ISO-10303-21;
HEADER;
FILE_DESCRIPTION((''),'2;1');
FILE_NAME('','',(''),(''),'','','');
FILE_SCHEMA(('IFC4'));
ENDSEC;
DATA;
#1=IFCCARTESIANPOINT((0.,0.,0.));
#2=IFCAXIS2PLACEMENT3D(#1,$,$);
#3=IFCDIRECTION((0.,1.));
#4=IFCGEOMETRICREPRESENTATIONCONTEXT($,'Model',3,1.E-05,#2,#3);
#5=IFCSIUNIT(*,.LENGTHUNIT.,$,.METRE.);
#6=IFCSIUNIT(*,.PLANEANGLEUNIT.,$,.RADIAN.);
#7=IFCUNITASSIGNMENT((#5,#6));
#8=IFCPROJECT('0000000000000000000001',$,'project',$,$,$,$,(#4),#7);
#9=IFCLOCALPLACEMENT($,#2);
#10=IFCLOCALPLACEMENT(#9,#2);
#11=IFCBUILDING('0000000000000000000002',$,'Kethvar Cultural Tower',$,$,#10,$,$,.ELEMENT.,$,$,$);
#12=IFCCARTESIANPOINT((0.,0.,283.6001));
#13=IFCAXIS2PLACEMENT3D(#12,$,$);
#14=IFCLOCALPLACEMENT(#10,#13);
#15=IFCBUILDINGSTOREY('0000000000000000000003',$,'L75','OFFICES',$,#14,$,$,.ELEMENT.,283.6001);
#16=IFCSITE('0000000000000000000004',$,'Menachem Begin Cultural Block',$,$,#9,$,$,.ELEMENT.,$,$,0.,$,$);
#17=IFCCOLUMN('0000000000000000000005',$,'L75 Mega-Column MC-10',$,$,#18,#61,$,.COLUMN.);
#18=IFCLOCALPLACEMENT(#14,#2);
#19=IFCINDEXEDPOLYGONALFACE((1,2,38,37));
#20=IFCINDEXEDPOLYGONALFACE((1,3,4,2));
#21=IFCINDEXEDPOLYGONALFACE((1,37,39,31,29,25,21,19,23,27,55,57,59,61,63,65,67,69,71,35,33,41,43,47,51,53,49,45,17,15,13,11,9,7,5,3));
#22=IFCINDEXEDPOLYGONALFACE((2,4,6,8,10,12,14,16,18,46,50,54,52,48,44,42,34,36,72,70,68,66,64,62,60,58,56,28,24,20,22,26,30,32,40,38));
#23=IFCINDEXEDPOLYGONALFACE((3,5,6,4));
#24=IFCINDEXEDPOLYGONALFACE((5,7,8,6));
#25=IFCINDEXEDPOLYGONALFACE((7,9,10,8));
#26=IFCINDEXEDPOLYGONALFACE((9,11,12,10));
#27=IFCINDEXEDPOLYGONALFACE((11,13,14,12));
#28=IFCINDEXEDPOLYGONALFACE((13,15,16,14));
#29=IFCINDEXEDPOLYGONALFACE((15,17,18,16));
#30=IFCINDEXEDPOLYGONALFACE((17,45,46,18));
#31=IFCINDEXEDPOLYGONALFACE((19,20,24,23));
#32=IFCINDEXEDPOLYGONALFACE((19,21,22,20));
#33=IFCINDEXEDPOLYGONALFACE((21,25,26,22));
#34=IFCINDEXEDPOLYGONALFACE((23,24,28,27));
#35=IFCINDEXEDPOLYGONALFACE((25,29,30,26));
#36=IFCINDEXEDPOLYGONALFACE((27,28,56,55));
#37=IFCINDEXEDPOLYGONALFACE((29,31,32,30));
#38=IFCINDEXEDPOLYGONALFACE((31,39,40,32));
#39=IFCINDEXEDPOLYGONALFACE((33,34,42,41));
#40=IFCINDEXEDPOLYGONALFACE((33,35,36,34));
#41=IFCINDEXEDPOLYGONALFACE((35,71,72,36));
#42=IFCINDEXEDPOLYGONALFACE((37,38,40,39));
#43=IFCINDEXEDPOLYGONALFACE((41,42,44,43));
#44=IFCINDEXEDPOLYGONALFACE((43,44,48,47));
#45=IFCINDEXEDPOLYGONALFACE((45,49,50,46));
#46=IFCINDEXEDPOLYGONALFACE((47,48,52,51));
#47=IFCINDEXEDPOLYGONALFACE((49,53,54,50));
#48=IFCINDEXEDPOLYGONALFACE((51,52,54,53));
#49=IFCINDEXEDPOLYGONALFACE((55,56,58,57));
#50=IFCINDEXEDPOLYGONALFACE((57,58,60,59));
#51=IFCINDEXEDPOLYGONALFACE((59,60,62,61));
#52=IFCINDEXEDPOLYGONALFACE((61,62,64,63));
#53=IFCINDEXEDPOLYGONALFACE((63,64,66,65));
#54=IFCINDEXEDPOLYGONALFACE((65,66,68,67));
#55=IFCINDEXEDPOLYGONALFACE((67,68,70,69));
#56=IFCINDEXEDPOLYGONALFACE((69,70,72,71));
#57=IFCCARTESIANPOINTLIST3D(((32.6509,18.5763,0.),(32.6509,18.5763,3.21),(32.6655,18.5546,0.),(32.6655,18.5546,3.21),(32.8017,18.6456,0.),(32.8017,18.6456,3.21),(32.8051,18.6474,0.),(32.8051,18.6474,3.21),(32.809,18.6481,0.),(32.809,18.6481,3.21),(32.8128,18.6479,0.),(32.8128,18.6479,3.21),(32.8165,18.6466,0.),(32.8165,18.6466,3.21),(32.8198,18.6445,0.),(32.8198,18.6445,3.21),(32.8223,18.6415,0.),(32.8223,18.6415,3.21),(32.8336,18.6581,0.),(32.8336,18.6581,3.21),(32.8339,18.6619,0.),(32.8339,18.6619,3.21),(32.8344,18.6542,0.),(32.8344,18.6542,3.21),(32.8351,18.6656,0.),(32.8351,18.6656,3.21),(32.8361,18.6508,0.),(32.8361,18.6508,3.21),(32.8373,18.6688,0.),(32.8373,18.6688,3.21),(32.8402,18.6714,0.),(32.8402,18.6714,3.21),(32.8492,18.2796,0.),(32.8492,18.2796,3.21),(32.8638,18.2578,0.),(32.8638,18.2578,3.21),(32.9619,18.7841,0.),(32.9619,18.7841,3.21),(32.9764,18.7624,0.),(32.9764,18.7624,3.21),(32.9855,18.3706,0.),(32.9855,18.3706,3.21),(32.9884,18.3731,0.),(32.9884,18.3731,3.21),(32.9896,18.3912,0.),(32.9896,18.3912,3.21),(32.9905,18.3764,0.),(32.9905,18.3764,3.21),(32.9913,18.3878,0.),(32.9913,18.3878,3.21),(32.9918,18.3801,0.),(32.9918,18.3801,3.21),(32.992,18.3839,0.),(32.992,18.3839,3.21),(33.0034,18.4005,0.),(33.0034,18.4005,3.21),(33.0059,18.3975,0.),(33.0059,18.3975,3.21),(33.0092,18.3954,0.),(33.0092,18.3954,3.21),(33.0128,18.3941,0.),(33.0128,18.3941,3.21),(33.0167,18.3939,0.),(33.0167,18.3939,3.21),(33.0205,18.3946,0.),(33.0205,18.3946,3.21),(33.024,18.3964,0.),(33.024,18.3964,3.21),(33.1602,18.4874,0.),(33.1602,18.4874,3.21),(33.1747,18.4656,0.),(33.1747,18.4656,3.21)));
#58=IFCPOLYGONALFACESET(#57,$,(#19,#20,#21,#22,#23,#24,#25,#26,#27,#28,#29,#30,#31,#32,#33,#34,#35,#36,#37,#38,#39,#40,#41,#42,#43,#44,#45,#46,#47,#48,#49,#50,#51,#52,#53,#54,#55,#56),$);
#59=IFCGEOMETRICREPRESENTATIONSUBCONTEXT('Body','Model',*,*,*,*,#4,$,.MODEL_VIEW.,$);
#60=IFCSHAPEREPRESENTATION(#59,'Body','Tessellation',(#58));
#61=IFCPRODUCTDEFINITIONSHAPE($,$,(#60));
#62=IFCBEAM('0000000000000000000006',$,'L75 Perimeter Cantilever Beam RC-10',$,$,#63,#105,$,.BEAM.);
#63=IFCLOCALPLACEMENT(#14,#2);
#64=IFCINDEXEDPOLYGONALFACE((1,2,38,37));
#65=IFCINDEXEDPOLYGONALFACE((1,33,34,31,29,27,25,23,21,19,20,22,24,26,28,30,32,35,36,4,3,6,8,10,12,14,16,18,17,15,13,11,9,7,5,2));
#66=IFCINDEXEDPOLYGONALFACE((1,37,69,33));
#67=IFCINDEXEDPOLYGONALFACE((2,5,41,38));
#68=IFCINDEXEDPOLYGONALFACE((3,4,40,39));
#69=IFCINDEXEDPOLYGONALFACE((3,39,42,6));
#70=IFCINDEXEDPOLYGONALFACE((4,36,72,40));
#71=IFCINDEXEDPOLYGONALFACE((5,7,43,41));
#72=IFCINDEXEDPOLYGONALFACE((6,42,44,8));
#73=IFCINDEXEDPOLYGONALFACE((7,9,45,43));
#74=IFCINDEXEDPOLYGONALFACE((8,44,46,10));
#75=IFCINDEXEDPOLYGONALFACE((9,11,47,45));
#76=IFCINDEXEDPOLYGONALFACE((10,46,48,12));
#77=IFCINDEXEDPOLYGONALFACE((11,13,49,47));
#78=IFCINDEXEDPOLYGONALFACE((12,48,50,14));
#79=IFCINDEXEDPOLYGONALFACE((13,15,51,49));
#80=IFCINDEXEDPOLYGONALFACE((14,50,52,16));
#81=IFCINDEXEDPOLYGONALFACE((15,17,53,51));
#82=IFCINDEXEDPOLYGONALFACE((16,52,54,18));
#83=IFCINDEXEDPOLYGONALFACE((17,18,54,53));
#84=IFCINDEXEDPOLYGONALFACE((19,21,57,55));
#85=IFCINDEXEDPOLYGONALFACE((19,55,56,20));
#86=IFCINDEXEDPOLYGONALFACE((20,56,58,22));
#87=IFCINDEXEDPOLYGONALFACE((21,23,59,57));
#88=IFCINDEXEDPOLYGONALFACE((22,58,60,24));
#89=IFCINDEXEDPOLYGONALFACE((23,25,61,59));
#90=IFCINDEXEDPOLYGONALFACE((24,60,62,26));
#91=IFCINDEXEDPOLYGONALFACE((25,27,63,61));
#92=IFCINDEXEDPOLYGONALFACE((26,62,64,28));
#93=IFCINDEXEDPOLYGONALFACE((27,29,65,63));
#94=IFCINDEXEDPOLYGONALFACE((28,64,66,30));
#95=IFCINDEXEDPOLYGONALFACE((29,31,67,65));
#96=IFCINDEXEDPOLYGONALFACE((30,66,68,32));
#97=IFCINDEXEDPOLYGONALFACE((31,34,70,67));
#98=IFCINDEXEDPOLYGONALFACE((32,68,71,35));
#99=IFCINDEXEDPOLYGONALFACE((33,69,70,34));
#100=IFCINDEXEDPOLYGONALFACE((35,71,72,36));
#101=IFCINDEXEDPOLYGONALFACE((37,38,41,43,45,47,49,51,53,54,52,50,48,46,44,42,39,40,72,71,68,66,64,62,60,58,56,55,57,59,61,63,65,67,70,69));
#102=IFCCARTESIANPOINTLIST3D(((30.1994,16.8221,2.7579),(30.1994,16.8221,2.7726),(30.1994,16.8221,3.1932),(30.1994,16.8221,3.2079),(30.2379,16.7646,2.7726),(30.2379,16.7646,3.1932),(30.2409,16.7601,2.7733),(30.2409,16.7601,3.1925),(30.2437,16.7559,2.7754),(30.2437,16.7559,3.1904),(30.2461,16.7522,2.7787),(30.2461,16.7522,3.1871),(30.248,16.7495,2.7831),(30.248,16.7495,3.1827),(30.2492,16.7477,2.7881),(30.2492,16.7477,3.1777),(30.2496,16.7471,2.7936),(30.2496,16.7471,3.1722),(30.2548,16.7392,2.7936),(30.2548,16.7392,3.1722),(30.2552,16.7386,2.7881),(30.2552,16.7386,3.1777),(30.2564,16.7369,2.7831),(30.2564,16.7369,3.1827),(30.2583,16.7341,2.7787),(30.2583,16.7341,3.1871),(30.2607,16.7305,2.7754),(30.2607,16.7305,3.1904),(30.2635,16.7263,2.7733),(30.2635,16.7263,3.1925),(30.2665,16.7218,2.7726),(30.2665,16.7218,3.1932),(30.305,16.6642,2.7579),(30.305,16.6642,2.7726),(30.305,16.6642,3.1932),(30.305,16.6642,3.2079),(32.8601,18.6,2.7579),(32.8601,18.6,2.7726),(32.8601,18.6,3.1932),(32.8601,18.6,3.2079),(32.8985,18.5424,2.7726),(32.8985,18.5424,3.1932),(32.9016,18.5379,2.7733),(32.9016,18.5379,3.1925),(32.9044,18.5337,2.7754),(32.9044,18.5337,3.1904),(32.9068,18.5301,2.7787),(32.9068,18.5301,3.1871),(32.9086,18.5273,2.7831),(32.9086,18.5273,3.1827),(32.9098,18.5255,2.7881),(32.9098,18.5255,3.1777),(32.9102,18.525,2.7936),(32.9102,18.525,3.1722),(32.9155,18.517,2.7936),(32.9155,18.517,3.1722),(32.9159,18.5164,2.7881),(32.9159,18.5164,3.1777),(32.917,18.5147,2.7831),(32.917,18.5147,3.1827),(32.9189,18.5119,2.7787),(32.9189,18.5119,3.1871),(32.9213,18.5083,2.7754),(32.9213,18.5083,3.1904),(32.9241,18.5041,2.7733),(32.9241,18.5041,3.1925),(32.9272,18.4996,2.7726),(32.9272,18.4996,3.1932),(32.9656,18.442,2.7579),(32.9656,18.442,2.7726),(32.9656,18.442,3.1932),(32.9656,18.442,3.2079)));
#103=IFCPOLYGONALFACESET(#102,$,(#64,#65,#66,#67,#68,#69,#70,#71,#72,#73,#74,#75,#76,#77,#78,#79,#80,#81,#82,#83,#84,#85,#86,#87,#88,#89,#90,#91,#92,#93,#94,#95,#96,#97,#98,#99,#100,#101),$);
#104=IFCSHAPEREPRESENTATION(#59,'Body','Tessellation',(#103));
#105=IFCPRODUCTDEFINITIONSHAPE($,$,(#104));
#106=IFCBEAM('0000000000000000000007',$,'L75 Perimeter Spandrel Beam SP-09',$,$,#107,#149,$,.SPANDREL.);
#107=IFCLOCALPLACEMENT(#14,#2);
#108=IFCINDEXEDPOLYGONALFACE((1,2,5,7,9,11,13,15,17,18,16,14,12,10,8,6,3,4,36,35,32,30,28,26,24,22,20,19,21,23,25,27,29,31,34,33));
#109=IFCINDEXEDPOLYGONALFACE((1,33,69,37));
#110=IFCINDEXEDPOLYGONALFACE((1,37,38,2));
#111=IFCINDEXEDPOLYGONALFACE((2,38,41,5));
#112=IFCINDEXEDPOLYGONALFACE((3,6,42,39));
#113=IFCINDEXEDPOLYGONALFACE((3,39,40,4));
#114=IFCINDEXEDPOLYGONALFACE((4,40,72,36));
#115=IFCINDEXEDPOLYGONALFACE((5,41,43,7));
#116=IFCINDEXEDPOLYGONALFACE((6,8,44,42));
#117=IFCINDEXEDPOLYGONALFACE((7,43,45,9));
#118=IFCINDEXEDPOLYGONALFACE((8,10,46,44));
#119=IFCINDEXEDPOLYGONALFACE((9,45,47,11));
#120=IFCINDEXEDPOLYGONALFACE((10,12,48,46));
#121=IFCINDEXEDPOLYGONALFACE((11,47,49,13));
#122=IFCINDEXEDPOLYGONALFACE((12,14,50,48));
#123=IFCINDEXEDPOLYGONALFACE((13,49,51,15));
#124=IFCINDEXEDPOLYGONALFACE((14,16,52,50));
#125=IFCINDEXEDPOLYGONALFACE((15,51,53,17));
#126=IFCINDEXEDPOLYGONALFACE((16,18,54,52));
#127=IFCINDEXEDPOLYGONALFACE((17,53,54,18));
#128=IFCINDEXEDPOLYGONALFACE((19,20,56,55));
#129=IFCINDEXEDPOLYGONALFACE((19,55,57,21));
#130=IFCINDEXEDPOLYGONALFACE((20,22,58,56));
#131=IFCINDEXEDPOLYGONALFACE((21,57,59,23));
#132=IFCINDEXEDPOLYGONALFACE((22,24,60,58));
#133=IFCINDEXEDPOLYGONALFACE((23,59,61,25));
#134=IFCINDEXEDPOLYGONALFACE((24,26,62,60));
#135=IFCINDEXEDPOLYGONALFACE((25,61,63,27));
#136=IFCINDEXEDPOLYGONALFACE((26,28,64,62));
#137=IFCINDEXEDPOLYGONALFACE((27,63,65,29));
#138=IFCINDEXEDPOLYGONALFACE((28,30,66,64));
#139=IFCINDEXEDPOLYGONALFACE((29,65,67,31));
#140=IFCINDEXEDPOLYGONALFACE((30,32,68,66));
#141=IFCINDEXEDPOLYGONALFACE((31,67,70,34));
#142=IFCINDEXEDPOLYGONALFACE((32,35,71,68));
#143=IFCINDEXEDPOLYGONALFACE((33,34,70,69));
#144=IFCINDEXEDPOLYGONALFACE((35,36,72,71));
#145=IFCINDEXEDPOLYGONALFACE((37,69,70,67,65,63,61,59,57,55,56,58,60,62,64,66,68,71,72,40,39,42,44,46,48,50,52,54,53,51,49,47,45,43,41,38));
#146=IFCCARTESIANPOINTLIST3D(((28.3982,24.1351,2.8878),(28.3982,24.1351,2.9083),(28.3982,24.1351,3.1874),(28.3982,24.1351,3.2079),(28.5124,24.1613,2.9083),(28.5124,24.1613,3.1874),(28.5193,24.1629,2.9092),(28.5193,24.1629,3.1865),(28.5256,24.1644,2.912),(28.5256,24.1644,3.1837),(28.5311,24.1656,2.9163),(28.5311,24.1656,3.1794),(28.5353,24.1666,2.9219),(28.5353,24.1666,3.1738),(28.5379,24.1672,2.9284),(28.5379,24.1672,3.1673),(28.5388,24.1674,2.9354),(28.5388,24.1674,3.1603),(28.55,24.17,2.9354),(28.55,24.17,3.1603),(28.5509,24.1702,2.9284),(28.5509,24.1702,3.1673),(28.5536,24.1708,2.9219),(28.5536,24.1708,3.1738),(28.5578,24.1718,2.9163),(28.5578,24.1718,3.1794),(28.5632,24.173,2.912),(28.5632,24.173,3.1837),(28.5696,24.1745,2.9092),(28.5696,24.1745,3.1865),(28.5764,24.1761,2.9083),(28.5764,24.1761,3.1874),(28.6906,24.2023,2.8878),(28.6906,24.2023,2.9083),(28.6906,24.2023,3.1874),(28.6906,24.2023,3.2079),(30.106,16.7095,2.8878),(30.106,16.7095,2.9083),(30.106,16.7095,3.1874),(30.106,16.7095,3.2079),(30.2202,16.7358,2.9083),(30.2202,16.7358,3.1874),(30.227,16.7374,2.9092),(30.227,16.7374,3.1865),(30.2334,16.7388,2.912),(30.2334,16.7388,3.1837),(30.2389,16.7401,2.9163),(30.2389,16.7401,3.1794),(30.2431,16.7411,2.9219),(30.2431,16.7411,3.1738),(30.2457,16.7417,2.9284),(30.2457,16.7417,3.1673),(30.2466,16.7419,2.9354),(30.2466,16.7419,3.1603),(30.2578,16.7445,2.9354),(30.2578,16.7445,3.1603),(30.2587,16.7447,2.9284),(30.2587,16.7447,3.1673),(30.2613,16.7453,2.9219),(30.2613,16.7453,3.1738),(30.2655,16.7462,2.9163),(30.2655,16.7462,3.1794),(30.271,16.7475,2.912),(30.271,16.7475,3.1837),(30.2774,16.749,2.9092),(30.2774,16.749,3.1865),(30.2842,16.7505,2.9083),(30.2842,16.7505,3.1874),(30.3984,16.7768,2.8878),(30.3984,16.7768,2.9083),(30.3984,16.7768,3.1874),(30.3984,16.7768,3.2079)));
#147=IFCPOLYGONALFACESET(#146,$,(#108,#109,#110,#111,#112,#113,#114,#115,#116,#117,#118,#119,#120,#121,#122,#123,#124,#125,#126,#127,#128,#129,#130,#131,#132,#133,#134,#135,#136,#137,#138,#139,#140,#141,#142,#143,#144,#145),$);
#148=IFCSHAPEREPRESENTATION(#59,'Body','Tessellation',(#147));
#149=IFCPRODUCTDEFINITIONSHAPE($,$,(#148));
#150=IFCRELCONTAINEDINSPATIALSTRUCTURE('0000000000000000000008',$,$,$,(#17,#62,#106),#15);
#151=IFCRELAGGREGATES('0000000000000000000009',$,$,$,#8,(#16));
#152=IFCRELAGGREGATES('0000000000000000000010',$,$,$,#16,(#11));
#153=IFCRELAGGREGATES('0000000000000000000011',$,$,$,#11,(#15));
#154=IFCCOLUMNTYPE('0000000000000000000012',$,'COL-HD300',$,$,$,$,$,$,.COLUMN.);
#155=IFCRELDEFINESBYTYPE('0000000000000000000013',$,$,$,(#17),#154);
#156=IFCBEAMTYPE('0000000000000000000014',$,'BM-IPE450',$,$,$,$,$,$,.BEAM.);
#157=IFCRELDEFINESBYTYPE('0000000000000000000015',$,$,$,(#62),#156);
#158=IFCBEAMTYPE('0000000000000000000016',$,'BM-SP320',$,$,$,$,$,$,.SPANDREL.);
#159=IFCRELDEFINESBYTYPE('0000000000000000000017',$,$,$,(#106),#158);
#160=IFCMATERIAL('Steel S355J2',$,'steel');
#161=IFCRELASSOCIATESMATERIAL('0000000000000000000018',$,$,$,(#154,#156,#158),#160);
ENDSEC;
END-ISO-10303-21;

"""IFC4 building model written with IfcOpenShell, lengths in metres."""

from ifc_helpers import new_model, si_unit, direction, frame, origin, origin_2d, place, context, subcontext, project, spatial, i_section, extrude, source, transform, mapped, material, material_profile, profile_set, type_object, element, save


model = new_model("IFC4")

# Units and contexts
model_context = context("Model", 3, precision=1e-05, world=origin(), true_north=direction((0.0, 1.0)))
body_context = subcontext(model_context, "Body", "Model", "MODEL_VIEW")
ifc_project = project(units=[si_unit("LENGTHUNIT", "METRE"), si_unit("PLANEANGLEUNIT", "RADIAN")], contexts=[model_context])

# Site, building, storey
site_placement = place(None, origin())
site = spatial("IfcSite", under=ifc_project, at=site_placement, Name="Menachem Begin Cultural Block", CompositionType="ELEMENT", RefElevation=0.0)
building_placement = place(site_placement, origin())
building = spatial("IfcBuilding", under=site, at=building_placement, Name="Kethvar Cultural Tower", CompositionType="ELEMENT")
storey_placement = place(building_placement, frame((0.0, 0.0, 283.6001)))
storey = spatial("IfcBuildingStorey", under=building, at=storey_placement, Name="L75", Description="OFFICES", CompositionType="ELEMENT", Elevation=283.6001)

# Column
ifc_material_1 = material(Name="Steel S355J2", Category="steel")
ifc_material_profile_1 = material_profile(ifc_material_1, i_section(OverallWidth=0.374, OverallDepth=0.3831, WebThickness=0.0166, FlangeThickness=0.0261, FilletRadius=0.0149, at=origin_2d()), Name="Steel S355J2 — HD360x300")
ifc_profile_set_1 = profile_set([ifc_material_profile_1], Name="Steel S355J2 — HD360x300")
column_type = type_object("IfcColumnType", Name="COL-HD300", PredefinedType="COLUMN", material=ifc_profile_set_1)
shared_shape_1 = source(origin(), body_context, "Body", "SweptSolid", [
    extrude(i_section(OverallWidth=0.374, OverallDepth=0.3831, WebThickness=0.0166, FlangeThickness=0.0261, FilletRadius=0.0149, at=origin_2d()), origin(), (0.0, 0.0, 1.0), 3.21),
])
column_placement = place(storey_placement, frame((32.9128, 18.521, 0.0), z_axis=(0.0, 0.0, 1.0), x_axis=(-0.83147, -0.55557, 0.0)))
element("IfcColumn", 1, at=column_placement, inside=storey, type_object=column_type, Name="L75 Mega-Column MC-10", PredefinedType="COLUMN", context=body_context, shape_type="MappedRepresentation", body=[
    mapped(shared_shape_1, transform((0.0, 0.0, 0.0), scale=1.0)),
])

# Beams
ifc_material_profile_2 = material_profile(ifc_material_1, i_section(OverallWidth=0.1899, OverallDepth=0.45, WebThickness=0.0095, FlangeThickness=0.0146, FilletRadius=0.021, at=origin_2d()), Name="Steel S355J2 — IPE450")
ifc_profile_set_2 = profile_set([ifc_material_profile_2], Name="Steel S355J2 — IPE450")
beam_type_1 = type_object("IfcBeamType", Name="BM-IPE450", PredefinedType="BEAM", material=ifc_profile_set_2)
shared_shape_2 = source(origin(), body_context, "Body", "SweptSolid", [
    extrude(i_section(OverallWidth=0.1899, OverallDepth=0.45, WebThickness=0.0095, FlangeThickness=0.0146, FilletRadius=0.021, at=origin_2d()), origin(), (0.0, 0.0, 1.0), 3.2),
])
beam_1_placement = place(storey_placement, frame((32.9128, 18.521, 2.9829), z_axis=(-0.831463, -0.55558, 0.0), x_axis=(0.55558, -0.831463, 0.0)))
element("IfcBeam", 2, at=beam_1_placement, inside=storey, type_object=beam_type_1, Name="L75 Perimeter Cantilever Beam RC-10", PredefinedType="BEAM", context=body_context, shape_type="MappedRepresentation", body=[
    mapped(shared_shape_2, transform((0.0, 0.0, 0.0), scale=1.0)),
])
ifc_material_profile_3 = material_profile(ifc_material_1, i_section(OverallWidth=0.3, OverallDepth=0.3201, WebThickness=0.0115, FlangeThickness=0.0205, FilletRadius=0.0271, at=origin_2d()), Name="Steel S355J2 — HEB320")
ifc_profile_set_3 = profile_set([ifc_material_profile_3], Name="Steel S355J2 — HEB320")
beam_type_2 = type_object("IfcBeamType", Name="BM-SP320", PredefinedType="SPANDREL", material=ifc_profile_set_3)
shared_shape_3 = source(origin(), body_context, "Body", "SweptSolid", [
    extrude(i_section(OverallWidth=0.3, OverallDepth=0.3201, WebThickness=0.0115, FlangeThickness=0.0205, FilletRadius=0.0271, at=origin_2d()), origin(), (0.0, 0.0, 1.0), 7.6194),
])
beam_2_placement = place(storey_placement, frame((28.5444, 24.1687, 3.0479), z_axis=(0.224134, -0.974558, 0.0), x_axis=(0.974558, 0.224134, 0.0)))
element("IfcBeam", 3, at=beam_2_placement, inside=storey, type_object=beam_type_2, Name="L75 Perimeter Spandrel Beam SP-09", PredefinedType="SPANDREL", context=body_context, shape_type="MappedRepresentation", body=[
    mapped(shared_shape_3, transform((0.0, 0.0, 0.0), scale=1.0)),
])

save(model, "model.ifc")
